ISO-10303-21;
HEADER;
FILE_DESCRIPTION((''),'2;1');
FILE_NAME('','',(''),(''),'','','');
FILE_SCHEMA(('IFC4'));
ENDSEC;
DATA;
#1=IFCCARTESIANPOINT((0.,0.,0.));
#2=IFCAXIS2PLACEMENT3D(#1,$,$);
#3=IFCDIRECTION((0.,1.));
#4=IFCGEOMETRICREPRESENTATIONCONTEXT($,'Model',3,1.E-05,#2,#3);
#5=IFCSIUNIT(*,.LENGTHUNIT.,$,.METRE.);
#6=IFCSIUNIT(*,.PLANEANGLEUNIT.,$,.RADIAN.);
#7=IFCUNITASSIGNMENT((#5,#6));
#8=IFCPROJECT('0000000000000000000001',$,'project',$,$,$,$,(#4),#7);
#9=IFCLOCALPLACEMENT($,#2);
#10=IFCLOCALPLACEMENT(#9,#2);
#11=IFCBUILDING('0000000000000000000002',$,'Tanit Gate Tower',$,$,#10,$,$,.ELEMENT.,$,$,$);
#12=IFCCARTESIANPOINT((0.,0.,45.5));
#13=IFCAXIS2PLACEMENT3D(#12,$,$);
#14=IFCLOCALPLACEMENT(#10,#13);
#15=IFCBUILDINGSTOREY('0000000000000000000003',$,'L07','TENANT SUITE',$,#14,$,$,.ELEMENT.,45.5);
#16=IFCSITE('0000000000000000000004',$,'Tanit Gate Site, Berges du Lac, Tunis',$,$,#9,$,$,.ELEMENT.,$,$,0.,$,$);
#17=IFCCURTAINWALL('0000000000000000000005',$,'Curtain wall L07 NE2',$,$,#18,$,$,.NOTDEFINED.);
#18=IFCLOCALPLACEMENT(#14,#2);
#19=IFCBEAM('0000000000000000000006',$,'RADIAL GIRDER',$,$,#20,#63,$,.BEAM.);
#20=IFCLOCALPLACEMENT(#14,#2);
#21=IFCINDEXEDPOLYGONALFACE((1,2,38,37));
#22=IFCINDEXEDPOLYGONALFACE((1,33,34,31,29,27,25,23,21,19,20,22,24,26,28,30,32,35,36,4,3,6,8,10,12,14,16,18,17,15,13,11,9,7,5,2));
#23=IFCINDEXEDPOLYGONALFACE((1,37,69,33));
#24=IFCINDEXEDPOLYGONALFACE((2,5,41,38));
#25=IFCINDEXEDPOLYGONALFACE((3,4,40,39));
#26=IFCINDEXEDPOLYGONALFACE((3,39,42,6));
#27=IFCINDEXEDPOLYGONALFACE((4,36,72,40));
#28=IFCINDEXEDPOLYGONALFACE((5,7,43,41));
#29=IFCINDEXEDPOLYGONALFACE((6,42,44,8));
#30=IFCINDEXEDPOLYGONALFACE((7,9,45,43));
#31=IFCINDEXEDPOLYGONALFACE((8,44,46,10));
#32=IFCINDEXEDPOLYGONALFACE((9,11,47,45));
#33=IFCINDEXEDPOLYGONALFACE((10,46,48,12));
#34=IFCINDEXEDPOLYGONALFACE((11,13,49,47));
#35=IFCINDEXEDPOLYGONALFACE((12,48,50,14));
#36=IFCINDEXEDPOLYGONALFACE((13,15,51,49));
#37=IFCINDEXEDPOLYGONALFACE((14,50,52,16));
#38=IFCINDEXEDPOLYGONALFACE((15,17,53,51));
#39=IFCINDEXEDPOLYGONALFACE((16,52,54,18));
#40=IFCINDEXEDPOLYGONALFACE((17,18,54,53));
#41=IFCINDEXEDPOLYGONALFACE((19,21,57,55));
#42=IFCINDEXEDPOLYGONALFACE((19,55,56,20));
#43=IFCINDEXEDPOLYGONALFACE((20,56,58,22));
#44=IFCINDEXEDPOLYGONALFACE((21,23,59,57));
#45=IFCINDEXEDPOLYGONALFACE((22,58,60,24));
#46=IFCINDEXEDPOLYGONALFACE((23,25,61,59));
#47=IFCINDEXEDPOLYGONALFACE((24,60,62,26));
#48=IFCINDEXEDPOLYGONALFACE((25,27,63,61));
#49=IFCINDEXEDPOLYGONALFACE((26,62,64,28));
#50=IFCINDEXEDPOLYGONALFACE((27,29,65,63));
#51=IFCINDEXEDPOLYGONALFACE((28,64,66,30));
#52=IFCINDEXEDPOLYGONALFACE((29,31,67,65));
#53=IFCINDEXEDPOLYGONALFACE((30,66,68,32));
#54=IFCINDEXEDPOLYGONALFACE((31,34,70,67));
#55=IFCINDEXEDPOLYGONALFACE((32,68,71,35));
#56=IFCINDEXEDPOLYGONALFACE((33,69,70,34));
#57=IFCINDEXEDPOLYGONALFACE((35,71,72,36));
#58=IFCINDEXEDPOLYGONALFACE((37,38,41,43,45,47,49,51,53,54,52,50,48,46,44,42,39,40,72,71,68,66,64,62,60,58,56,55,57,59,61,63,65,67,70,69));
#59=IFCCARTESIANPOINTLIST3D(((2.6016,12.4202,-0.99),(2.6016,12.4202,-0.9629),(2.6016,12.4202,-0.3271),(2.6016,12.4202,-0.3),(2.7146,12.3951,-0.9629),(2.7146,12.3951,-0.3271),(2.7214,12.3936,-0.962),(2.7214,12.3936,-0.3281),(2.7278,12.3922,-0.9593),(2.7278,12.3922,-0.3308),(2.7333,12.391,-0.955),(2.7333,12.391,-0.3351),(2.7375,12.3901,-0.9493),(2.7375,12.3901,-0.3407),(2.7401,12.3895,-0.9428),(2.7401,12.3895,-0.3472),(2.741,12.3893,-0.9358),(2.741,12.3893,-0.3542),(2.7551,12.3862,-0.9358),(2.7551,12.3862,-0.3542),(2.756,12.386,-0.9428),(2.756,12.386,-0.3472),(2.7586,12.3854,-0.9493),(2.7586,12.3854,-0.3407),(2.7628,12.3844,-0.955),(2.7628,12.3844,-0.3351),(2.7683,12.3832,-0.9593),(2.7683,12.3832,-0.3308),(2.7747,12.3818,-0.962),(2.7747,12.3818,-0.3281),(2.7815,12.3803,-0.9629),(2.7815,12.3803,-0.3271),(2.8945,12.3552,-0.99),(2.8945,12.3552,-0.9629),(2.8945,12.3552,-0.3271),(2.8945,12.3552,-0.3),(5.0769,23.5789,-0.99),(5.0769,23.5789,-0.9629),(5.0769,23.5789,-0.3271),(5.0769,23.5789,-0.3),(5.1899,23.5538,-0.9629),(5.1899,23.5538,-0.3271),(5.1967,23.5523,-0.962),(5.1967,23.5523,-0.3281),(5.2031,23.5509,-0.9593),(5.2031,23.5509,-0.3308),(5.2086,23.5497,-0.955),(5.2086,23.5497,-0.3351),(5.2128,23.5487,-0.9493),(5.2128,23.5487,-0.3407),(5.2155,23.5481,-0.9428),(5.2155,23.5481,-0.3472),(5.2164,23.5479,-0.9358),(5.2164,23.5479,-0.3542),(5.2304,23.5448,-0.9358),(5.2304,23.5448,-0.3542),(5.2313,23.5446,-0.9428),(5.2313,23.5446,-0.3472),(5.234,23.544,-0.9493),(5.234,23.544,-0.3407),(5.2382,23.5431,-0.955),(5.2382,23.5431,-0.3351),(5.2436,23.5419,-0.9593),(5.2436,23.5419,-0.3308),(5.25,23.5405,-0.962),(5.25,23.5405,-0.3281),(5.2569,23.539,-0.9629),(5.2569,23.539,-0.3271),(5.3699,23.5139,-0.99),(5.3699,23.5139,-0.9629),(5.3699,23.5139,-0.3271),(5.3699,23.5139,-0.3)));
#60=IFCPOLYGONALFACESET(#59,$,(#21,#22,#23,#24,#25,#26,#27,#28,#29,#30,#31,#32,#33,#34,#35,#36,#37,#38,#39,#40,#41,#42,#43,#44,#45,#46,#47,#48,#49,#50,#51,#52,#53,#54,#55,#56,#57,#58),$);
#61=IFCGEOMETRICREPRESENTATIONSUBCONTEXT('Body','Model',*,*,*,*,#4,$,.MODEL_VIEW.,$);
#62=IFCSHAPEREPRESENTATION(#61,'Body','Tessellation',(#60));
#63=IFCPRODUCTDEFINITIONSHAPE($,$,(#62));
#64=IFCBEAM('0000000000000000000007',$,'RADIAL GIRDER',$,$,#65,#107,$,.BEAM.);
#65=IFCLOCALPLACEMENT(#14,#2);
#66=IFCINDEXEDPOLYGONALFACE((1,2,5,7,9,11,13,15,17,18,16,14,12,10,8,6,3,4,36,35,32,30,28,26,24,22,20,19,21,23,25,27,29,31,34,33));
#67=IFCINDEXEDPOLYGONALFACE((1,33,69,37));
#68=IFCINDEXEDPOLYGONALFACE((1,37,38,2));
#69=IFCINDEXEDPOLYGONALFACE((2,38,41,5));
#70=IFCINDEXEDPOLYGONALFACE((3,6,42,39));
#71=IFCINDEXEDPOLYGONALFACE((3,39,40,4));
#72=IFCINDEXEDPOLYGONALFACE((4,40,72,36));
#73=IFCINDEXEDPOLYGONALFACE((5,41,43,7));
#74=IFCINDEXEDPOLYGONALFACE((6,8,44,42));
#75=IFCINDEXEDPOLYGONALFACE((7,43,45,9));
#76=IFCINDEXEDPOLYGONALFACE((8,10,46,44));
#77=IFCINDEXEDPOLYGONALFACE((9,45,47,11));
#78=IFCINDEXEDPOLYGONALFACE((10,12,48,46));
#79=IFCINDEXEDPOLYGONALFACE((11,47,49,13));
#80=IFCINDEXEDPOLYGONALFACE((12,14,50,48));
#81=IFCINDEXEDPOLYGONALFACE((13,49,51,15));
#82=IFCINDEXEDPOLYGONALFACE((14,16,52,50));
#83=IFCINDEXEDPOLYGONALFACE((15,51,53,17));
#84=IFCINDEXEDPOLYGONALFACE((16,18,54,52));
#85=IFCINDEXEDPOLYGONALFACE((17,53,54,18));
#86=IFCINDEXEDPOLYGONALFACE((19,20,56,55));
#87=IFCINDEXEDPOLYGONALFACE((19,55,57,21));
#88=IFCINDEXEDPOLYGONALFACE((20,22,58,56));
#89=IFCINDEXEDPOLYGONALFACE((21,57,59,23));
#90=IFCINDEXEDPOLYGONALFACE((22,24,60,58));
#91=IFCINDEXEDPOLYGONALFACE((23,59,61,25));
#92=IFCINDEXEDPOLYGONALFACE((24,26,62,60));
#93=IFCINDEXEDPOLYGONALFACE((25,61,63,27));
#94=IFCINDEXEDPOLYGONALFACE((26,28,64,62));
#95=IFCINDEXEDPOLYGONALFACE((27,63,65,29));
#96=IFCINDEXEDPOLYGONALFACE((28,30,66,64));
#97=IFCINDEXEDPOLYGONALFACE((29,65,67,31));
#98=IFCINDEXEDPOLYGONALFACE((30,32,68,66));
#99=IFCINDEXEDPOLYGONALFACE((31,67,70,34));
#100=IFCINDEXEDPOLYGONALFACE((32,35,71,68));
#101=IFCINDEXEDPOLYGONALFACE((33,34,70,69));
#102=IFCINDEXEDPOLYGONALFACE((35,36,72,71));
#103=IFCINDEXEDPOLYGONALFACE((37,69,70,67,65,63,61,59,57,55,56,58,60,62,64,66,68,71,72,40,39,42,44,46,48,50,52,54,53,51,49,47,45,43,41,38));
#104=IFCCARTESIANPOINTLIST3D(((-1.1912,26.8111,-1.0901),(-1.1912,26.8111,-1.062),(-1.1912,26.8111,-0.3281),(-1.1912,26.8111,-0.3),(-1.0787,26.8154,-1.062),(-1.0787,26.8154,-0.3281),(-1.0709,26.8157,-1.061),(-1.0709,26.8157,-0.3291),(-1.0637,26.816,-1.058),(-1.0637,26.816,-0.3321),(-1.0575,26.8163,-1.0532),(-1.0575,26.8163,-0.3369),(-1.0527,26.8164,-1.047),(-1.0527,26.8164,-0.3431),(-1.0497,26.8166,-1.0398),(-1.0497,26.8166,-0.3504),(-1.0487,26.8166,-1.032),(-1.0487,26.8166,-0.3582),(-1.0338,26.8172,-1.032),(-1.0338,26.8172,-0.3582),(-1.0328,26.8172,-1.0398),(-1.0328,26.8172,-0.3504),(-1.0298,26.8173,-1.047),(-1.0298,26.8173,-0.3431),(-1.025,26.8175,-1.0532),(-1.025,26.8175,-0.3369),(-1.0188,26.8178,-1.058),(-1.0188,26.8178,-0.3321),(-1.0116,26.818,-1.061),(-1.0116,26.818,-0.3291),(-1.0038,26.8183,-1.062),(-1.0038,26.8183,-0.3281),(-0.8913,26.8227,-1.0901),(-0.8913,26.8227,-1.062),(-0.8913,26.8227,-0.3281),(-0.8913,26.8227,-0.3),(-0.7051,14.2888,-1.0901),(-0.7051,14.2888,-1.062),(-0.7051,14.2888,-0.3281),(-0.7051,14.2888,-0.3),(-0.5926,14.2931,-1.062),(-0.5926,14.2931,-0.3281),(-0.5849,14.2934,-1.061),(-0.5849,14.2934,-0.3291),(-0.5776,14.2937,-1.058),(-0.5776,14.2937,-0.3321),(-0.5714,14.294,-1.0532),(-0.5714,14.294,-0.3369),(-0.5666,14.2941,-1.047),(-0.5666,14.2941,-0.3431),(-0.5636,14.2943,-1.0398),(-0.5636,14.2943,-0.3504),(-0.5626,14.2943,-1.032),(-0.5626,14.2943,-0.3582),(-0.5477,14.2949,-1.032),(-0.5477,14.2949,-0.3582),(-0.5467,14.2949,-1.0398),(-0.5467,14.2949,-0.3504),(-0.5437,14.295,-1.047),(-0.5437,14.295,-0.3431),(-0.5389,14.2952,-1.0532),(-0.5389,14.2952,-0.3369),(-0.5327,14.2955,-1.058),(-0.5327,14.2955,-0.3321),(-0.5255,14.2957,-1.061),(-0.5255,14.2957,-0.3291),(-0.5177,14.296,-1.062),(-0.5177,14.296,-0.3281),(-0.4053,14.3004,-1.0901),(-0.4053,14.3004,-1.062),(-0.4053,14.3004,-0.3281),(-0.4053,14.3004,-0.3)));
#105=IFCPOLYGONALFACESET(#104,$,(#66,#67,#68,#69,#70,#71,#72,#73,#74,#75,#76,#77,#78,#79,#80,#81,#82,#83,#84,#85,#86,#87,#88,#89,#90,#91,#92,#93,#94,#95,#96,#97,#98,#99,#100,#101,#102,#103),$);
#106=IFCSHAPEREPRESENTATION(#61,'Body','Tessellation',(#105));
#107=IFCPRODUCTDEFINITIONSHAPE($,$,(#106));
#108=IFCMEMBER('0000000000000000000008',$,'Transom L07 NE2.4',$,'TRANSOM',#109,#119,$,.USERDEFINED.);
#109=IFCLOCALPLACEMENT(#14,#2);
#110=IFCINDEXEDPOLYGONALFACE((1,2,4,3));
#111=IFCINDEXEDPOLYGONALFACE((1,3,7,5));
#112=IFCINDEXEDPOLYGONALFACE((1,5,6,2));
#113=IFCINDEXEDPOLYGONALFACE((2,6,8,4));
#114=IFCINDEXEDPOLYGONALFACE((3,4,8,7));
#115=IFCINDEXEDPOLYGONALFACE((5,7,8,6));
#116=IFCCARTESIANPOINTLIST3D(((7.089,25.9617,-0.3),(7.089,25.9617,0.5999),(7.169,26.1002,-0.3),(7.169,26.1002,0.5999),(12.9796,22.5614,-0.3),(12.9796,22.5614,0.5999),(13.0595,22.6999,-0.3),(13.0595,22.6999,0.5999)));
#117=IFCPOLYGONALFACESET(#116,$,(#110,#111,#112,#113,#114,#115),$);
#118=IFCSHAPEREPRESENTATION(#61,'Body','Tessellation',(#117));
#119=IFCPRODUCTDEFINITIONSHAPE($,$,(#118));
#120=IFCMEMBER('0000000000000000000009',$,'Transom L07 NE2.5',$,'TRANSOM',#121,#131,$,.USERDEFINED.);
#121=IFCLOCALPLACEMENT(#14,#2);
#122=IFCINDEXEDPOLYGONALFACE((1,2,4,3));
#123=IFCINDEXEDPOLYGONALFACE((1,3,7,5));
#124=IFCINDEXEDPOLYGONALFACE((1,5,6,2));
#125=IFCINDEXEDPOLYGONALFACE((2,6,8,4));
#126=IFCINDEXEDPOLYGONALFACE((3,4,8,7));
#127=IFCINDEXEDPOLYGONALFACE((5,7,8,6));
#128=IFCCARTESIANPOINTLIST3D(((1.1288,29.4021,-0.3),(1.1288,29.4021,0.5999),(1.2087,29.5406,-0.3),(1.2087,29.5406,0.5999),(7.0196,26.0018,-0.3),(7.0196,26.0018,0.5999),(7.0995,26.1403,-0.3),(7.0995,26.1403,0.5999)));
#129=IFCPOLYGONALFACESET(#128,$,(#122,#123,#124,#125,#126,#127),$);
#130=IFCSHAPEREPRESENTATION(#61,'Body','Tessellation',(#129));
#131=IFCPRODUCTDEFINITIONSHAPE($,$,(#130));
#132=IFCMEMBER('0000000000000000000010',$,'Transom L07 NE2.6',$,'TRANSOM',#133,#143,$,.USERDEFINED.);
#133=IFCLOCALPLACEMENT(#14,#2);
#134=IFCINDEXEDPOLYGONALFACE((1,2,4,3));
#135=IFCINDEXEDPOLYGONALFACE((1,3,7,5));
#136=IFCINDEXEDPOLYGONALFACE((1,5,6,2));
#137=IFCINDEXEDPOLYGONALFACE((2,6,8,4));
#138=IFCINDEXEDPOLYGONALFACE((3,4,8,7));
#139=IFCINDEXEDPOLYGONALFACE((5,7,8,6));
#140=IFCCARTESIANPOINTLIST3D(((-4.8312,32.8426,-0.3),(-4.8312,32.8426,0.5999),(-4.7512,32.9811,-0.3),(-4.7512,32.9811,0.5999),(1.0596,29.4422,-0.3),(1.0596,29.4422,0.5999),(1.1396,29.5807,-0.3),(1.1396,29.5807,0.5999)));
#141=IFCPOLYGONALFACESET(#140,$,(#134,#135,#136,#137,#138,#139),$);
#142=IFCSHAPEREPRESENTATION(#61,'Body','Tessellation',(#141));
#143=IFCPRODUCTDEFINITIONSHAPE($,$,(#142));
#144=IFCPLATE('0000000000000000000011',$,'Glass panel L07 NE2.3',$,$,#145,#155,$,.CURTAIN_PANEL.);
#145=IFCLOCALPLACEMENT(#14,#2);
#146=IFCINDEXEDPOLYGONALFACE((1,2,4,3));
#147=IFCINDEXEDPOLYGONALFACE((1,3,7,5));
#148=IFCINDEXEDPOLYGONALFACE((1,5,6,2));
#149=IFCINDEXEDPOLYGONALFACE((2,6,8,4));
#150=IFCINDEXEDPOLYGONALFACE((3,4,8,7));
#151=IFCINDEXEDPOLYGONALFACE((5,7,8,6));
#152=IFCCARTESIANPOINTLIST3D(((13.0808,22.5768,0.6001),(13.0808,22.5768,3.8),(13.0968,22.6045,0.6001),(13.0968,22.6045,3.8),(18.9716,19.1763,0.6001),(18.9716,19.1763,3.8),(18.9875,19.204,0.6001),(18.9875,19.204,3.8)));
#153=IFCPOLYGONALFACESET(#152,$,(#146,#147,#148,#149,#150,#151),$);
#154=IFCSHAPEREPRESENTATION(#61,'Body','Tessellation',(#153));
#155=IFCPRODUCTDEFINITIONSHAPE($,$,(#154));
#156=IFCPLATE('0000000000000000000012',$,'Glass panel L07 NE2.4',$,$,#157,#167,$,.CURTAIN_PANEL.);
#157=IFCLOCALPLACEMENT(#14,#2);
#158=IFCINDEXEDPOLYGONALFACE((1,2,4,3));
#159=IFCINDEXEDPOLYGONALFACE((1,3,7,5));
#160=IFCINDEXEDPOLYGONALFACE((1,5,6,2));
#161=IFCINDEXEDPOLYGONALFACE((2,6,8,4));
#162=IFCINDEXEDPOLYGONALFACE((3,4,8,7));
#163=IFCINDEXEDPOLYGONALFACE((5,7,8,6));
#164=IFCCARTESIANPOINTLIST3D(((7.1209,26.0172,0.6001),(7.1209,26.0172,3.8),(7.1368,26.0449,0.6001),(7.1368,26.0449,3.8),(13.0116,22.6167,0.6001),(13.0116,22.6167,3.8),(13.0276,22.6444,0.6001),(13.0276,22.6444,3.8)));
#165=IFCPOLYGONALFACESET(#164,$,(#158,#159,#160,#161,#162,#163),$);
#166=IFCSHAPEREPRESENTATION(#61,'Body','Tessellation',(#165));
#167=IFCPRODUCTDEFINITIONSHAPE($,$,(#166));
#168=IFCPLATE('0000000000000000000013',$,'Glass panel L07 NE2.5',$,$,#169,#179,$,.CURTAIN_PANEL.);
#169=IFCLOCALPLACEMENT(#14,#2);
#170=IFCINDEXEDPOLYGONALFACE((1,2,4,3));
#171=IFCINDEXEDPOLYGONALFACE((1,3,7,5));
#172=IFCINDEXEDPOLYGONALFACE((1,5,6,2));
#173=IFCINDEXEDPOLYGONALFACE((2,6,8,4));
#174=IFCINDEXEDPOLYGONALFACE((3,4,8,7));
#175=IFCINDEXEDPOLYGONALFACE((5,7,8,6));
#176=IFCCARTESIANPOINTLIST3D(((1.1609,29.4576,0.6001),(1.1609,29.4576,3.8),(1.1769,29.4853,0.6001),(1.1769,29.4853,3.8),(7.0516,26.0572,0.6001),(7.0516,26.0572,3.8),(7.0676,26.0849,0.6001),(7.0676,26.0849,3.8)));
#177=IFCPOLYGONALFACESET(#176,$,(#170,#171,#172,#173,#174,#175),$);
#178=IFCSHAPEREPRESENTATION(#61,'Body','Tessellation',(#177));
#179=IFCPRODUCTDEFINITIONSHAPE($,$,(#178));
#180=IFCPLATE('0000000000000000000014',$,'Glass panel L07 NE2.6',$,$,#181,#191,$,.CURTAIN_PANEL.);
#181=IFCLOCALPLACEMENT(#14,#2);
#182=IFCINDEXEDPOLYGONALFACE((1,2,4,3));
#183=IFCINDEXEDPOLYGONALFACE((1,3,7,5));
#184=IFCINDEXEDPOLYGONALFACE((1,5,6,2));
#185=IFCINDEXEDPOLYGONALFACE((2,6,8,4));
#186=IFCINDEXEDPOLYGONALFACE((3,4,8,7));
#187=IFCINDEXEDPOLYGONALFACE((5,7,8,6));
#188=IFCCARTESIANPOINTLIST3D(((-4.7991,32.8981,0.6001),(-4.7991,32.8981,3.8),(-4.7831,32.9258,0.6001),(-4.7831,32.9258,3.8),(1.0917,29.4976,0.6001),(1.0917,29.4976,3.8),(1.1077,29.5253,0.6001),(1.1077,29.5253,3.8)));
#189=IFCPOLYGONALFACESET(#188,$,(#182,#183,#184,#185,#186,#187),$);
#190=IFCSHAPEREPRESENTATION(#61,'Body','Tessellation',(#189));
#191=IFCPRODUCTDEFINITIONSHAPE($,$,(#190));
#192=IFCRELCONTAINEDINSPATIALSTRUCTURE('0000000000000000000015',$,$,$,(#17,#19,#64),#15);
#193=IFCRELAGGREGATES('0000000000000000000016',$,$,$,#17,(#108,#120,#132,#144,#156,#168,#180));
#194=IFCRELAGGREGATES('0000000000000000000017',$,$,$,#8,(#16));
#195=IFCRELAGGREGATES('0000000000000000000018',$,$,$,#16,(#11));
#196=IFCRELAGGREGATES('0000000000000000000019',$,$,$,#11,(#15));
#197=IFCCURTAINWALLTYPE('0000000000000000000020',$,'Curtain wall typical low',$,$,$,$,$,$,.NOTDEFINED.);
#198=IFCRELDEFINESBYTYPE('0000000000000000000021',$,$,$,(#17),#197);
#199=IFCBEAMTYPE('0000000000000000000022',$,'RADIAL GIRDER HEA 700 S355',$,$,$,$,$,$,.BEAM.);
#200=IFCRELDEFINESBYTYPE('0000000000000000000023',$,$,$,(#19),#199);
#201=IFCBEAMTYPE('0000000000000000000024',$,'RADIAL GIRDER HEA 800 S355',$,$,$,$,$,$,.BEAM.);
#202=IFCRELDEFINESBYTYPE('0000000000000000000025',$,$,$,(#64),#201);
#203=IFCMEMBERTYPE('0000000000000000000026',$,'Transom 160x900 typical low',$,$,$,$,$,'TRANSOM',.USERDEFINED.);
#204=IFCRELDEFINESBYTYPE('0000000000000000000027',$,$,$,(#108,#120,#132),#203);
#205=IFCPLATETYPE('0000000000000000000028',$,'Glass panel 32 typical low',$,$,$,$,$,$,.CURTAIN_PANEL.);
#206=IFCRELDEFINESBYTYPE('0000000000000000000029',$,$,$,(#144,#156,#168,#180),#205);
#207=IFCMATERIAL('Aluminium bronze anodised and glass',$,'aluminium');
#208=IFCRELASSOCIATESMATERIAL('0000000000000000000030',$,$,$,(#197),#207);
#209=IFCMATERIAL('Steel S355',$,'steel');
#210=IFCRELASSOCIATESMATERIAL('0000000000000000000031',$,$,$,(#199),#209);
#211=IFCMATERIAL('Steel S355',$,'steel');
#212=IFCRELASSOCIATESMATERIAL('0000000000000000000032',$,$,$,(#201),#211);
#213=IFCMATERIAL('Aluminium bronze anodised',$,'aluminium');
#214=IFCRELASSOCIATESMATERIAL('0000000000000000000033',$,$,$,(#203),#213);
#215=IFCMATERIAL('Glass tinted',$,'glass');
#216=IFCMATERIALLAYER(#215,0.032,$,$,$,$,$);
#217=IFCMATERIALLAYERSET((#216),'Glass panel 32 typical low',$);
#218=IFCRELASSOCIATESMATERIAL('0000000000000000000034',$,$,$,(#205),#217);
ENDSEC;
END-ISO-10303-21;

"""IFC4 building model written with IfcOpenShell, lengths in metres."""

from ifc_helpers import new_model, si_unit, direction, frame, origin, origin_2d, place, context, subcontext, project, spatial, rectangle, i_section, extrude, material, layer, layer_set, material_profile, profile_set, type_object, element, aggregate, save


model = new_model("IFC4")

# Units and contexts
model_context = context("Model", 3, precision=1e-05, world=origin(), true_north=direction((0.0, 1.0)))
body_context = subcontext(model_context, "Body", "Model", "MODEL_VIEW")
ifc_project = project(units=[si_unit("LENGTHUNIT", "METRE"), si_unit("PLANEANGLEUNIT", "RADIAN")], contexts=[model_context])

# Site, building, storey
site_placement = place(None, origin())
site = spatial("IfcSite", under=ifc_project, at=site_placement, Name="Tanit Gate Site, Berges du Lac, Tunis", CompositionType="ELEMENT", RefElevation=0.0)
building_placement = place(site_placement, origin())
building = spatial("IfcBuilding", under=site, at=building_placement, Name="Tanit Gate Tower", CompositionType="ELEMENT")
storey_placement = place(building_placement, frame((0.0, 0.0, 45.5)))
storey = spatial("IfcBuildingStorey", under=building, at=storey_placement, Name="L07", Description="TENANT SUITE", CompositionType="ELEMENT", Elevation=45.5)

# Curtain wall
ifc_material_1 = material(Name="Aluminium bronze anodised and glass", Category="aluminium")
curtain_wall_type = type_object("IfcCurtainWallType", Name="Curtain wall typical low", PredefinedType="NOTDEFINED", material=ifc_material_1)
curtain_wall_placement = place(storey_placement, origin())
curtain_wall = element("IfcCurtainWall", 1, at=curtain_wall_placement, inside=storey, type_object=curtain_wall_type, Name="Curtain wall L07 NE2", PredefinedType="NOTDEFINED")

# Beams
ifc_material_2 = material(Name="Steel S355", Category="steel")
ifc_material_profile_1 = material_profile(ifc_material_2, i_section(OverallWidth=0.3, OverallDepth=0.6899, WebThickness=0.0144, FlangeThickness=0.0271, FilletRadius=0.0271, at=origin_2d()), Name="HEA 700")
ifc_profile_set_1 = profile_set([ifc_material_profile_1], Name="Steel S355")
beam_type_1 = type_object("IfcBeamType", Name="RADIAL GIRDER HEA 700 S355", PredefinedType="BEAM", material=ifc_profile_set_1)
beam_1_placement = place(storey_placement, frame((5.2234, 23.5464, -0.645), z_axis=(-0.216566, -0.976268, 0.0), x_axis=(0.976268, -0.216566, 0.0)))
element("IfcBeam", 2, at=beam_1_placement, inside=storey, type_object=beam_type_1, Name="RADIAL GIRDER", PredefinedType="BEAM", context=body_context, shape_type="SweptSolid", body=[
    extrude(i_section(OverallWidth=0.3, OverallDepth=0.6899, WebThickness=0.0144, FlangeThickness=0.0271, FilletRadius=0.0271, at=origin_2d()), origin(), (0.0, 0.0, 1.0), 11.4299),
])
ifc_material_3 = material(Name="Steel S355", Category="steel")
ifc_material_profile_2 = material_profile(ifc_material_3, i_section(OverallWidth=0.3, OverallDepth=0.79, WebThickness=0.0149, FlangeThickness=0.0281, FilletRadius=0.03, at=origin_2d()), Name="HEA 800")
ifc_profile_set_2 = profile_set([ifc_material_profile_2], Name="Steel S355")
beam_type_2 = type_object("IfcBeamType", Name="RADIAL GIRDER HEA 800 S355", PredefinedType="BEAM", material=ifc_profile_set_2)
beam_2_placement = place(storey_placement, frame((-1.0413, 26.8169, -0.6951), z_axis=(0.038789, -0.999247, 0.0), x_axis=(0.999247, 0.038789, 0.0)))
element("IfcBeam", 3, at=beam_2_placement, inside=storey, type_object=beam_type_2, Name="RADIAL GIRDER", PredefinedType="BEAM", context=body_context, shape_type="SweptSolid", body=[
    extrude(i_section(OverallWidth=0.3, OverallDepth=0.79, WebThickness=0.0149, FlangeThickness=0.0281, FilletRadius=0.03, at=origin_2d()), origin(), (0.0, 0.0, 1.0), 12.5317),
])

# Members
ifc_material_4 = material(Name="Aluminium bronze anodised", Category="aluminium")
ifc_material_profile_3 = material_profile(ifc_material_4, rectangle(XDim=0.1599, YDim=0.8999, at=origin_2d()), Name="160x900 bronze transom")
ifc_profile_set_3 = profile_set([ifc_material_profile_3], Name="Aluminium bronze anodised")
member_type_1 = type_object("IfcMemberType", Name="Transom 160x900 typical low", ElementType="TRANSOM", PredefinedType="USERDEFINED", material=ifc_profile_set_3)
member_1_placement = place(storey_placement, frame((13.0195, 22.6306, 0.1499), z_axis=(-0.866061, 0.499938, 0.0), x_axis=(-0.499938, -0.866061, 0.0)))
member_1 = element("IfcMember", 4, at=member_1_placement, type_object=member_type_1, Name="Transom L07 NE2.4", ObjectType="TRANSOM", PredefinedType="USERDEFINED", context=body_context, shape_type="SweptSolid", body=[
    extrude(rectangle(XDim=0.1599, YDim=0.8999, at=origin_2d()), origin(), (0.0, 0.0, 1.0), 6.8015),
])
member_2_placement = place(storey_placement, frame((7.0596, 26.071, 0.1499), z_axis=(-0.86607, 0.499922, 0.0), x_axis=(-0.499922, -0.86607, 0.0)))
member_2 = element("IfcMember", 5, at=member_2_placement, type_object=member_type_1, Name="Transom L07 NE2.5", ObjectType="TRANSOM", PredefinedType="USERDEFINED", context=body_context, shape_type="SweptSolid", body=[
    extrude(rectangle(XDim=0.1599, YDim=0.8999, at=origin_2d()), origin(), (0.0, 0.0, 1.0), 6.8018),
])
member_3_placement = place(storey_placement, frame((1.0996, 29.5115, 0.1499), z_axis=(-0.86607, 0.499922, 0.0), x_axis=(-0.499922, -0.86607, 0.0)))
member_3 = element("IfcMember", 6, at=member_3_placement, type_object=member_type_1, Name="Transom L07 NE2.6", ObjectType="TRANSOM", PredefinedType="USERDEFINED", context=body_context, shape_type="SweptSolid", body=[
    extrude(rectangle(XDim=0.1599, YDim=0.8999, at=origin_2d()), origin(), (0.0, 0.0, 1.0), 6.8018),
])

# Plates
ifc_material_5 = material(Name="Glass tinted", Category="glass")
ifc_layer_1 = layer(ifc_material_5, 0.032)
ifc_layer_set_1 = layer_set([ifc_layer_1], Name="Glass panel 32 typical low")
plate_type = type_object("IfcPlateType", Name="Glass panel 32 typical low", PredefinedType="CURTAIN_PANEL", material=ifc_layer_set_1)
plate_1_placement = place(storey_placement, frame((16.0342, 20.8904, 0.6001), z_axis=(0.0, 0.0, 1.0), x_axis=(-0.86606, 0.49994, 0.0)))
plate_1 = element("IfcPlate", 7, at=plate_1_placement, type_object=plate_type, Name="Glass panel L07 NE2.3", PredefinedType="CURTAIN_PANEL", context=body_context, shape_type="SweptSolid", body=[
    extrude(rectangle(XDim=6.8018, YDim=0.032, at=origin_2d()), origin(), (0.0, 0.0, 1.0), 3.2),
])
plate_2_placement = place(storey_placement, frame((10.0742, 24.3308, 0.6001), z_axis=(0.0, 0.0, 1.0), x_axis=(-0.86606, 0.49994, 0.0)))
plate_2 = element("IfcPlate", 8, at=plate_2_placement, type_object=plate_type, Name="Glass panel L07 NE2.4", PredefinedType="CURTAIN_PANEL", context=body_context, shape_type="SweptSolid", body=[
    extrude(rectangle(XDim=6.8018, YDim=0.032, at=origin_2d()), origin(), (0.0, 0.0, 1.0), 3.2),
])
plate_3_placement = place(storey_placement, frame((4.1143, 27.7712, 0.6001), z_axis=(0.0, 0.0, 1.0), x_axis=(-0.86606, 0.49994, 0.0)))
plate_3 = element("IfcPlate", 9, at=plate_3_placement, type_object=plate_type, Name="Glass panel L07 NE2.5", PredefinedType="CURTAIN_PANEL", context=body_context, shape_type="SweptSolid", body=[
    extrude(rectangle(XDim=6.8018, YDim=0.032, at=origin_2d()), origin(), (0.0, 0.0, 1.0), 3.2),
])
plate_4_placement = place(storey_placement, frame((-1.8457, 31.2117, 0.6001), z_axis=(0.0, 0.0, 1.0), x_axis=(-0.86606, 0.49994, 0.0)))
plate_4 = element("IfcPlate", 10, at=plate_4_placement, type_object=plate_type, Name="Glass panel L07 NE2.6", PredefinedType="CURTAIN_PANEL", context=body_context, shape_type="SweptSolid", body=[
    extrude(rectangle(XDim=6.8018, YDim=0.032, at=origin_2d()), origin(), (0.0, 0.0, 1.0), 3.2),
])
aggregate(curtain_wall, [member_1, member_2, member_3, plate_1, plate_2, plate_3, plate_4])

save(model, "model.ifc")
